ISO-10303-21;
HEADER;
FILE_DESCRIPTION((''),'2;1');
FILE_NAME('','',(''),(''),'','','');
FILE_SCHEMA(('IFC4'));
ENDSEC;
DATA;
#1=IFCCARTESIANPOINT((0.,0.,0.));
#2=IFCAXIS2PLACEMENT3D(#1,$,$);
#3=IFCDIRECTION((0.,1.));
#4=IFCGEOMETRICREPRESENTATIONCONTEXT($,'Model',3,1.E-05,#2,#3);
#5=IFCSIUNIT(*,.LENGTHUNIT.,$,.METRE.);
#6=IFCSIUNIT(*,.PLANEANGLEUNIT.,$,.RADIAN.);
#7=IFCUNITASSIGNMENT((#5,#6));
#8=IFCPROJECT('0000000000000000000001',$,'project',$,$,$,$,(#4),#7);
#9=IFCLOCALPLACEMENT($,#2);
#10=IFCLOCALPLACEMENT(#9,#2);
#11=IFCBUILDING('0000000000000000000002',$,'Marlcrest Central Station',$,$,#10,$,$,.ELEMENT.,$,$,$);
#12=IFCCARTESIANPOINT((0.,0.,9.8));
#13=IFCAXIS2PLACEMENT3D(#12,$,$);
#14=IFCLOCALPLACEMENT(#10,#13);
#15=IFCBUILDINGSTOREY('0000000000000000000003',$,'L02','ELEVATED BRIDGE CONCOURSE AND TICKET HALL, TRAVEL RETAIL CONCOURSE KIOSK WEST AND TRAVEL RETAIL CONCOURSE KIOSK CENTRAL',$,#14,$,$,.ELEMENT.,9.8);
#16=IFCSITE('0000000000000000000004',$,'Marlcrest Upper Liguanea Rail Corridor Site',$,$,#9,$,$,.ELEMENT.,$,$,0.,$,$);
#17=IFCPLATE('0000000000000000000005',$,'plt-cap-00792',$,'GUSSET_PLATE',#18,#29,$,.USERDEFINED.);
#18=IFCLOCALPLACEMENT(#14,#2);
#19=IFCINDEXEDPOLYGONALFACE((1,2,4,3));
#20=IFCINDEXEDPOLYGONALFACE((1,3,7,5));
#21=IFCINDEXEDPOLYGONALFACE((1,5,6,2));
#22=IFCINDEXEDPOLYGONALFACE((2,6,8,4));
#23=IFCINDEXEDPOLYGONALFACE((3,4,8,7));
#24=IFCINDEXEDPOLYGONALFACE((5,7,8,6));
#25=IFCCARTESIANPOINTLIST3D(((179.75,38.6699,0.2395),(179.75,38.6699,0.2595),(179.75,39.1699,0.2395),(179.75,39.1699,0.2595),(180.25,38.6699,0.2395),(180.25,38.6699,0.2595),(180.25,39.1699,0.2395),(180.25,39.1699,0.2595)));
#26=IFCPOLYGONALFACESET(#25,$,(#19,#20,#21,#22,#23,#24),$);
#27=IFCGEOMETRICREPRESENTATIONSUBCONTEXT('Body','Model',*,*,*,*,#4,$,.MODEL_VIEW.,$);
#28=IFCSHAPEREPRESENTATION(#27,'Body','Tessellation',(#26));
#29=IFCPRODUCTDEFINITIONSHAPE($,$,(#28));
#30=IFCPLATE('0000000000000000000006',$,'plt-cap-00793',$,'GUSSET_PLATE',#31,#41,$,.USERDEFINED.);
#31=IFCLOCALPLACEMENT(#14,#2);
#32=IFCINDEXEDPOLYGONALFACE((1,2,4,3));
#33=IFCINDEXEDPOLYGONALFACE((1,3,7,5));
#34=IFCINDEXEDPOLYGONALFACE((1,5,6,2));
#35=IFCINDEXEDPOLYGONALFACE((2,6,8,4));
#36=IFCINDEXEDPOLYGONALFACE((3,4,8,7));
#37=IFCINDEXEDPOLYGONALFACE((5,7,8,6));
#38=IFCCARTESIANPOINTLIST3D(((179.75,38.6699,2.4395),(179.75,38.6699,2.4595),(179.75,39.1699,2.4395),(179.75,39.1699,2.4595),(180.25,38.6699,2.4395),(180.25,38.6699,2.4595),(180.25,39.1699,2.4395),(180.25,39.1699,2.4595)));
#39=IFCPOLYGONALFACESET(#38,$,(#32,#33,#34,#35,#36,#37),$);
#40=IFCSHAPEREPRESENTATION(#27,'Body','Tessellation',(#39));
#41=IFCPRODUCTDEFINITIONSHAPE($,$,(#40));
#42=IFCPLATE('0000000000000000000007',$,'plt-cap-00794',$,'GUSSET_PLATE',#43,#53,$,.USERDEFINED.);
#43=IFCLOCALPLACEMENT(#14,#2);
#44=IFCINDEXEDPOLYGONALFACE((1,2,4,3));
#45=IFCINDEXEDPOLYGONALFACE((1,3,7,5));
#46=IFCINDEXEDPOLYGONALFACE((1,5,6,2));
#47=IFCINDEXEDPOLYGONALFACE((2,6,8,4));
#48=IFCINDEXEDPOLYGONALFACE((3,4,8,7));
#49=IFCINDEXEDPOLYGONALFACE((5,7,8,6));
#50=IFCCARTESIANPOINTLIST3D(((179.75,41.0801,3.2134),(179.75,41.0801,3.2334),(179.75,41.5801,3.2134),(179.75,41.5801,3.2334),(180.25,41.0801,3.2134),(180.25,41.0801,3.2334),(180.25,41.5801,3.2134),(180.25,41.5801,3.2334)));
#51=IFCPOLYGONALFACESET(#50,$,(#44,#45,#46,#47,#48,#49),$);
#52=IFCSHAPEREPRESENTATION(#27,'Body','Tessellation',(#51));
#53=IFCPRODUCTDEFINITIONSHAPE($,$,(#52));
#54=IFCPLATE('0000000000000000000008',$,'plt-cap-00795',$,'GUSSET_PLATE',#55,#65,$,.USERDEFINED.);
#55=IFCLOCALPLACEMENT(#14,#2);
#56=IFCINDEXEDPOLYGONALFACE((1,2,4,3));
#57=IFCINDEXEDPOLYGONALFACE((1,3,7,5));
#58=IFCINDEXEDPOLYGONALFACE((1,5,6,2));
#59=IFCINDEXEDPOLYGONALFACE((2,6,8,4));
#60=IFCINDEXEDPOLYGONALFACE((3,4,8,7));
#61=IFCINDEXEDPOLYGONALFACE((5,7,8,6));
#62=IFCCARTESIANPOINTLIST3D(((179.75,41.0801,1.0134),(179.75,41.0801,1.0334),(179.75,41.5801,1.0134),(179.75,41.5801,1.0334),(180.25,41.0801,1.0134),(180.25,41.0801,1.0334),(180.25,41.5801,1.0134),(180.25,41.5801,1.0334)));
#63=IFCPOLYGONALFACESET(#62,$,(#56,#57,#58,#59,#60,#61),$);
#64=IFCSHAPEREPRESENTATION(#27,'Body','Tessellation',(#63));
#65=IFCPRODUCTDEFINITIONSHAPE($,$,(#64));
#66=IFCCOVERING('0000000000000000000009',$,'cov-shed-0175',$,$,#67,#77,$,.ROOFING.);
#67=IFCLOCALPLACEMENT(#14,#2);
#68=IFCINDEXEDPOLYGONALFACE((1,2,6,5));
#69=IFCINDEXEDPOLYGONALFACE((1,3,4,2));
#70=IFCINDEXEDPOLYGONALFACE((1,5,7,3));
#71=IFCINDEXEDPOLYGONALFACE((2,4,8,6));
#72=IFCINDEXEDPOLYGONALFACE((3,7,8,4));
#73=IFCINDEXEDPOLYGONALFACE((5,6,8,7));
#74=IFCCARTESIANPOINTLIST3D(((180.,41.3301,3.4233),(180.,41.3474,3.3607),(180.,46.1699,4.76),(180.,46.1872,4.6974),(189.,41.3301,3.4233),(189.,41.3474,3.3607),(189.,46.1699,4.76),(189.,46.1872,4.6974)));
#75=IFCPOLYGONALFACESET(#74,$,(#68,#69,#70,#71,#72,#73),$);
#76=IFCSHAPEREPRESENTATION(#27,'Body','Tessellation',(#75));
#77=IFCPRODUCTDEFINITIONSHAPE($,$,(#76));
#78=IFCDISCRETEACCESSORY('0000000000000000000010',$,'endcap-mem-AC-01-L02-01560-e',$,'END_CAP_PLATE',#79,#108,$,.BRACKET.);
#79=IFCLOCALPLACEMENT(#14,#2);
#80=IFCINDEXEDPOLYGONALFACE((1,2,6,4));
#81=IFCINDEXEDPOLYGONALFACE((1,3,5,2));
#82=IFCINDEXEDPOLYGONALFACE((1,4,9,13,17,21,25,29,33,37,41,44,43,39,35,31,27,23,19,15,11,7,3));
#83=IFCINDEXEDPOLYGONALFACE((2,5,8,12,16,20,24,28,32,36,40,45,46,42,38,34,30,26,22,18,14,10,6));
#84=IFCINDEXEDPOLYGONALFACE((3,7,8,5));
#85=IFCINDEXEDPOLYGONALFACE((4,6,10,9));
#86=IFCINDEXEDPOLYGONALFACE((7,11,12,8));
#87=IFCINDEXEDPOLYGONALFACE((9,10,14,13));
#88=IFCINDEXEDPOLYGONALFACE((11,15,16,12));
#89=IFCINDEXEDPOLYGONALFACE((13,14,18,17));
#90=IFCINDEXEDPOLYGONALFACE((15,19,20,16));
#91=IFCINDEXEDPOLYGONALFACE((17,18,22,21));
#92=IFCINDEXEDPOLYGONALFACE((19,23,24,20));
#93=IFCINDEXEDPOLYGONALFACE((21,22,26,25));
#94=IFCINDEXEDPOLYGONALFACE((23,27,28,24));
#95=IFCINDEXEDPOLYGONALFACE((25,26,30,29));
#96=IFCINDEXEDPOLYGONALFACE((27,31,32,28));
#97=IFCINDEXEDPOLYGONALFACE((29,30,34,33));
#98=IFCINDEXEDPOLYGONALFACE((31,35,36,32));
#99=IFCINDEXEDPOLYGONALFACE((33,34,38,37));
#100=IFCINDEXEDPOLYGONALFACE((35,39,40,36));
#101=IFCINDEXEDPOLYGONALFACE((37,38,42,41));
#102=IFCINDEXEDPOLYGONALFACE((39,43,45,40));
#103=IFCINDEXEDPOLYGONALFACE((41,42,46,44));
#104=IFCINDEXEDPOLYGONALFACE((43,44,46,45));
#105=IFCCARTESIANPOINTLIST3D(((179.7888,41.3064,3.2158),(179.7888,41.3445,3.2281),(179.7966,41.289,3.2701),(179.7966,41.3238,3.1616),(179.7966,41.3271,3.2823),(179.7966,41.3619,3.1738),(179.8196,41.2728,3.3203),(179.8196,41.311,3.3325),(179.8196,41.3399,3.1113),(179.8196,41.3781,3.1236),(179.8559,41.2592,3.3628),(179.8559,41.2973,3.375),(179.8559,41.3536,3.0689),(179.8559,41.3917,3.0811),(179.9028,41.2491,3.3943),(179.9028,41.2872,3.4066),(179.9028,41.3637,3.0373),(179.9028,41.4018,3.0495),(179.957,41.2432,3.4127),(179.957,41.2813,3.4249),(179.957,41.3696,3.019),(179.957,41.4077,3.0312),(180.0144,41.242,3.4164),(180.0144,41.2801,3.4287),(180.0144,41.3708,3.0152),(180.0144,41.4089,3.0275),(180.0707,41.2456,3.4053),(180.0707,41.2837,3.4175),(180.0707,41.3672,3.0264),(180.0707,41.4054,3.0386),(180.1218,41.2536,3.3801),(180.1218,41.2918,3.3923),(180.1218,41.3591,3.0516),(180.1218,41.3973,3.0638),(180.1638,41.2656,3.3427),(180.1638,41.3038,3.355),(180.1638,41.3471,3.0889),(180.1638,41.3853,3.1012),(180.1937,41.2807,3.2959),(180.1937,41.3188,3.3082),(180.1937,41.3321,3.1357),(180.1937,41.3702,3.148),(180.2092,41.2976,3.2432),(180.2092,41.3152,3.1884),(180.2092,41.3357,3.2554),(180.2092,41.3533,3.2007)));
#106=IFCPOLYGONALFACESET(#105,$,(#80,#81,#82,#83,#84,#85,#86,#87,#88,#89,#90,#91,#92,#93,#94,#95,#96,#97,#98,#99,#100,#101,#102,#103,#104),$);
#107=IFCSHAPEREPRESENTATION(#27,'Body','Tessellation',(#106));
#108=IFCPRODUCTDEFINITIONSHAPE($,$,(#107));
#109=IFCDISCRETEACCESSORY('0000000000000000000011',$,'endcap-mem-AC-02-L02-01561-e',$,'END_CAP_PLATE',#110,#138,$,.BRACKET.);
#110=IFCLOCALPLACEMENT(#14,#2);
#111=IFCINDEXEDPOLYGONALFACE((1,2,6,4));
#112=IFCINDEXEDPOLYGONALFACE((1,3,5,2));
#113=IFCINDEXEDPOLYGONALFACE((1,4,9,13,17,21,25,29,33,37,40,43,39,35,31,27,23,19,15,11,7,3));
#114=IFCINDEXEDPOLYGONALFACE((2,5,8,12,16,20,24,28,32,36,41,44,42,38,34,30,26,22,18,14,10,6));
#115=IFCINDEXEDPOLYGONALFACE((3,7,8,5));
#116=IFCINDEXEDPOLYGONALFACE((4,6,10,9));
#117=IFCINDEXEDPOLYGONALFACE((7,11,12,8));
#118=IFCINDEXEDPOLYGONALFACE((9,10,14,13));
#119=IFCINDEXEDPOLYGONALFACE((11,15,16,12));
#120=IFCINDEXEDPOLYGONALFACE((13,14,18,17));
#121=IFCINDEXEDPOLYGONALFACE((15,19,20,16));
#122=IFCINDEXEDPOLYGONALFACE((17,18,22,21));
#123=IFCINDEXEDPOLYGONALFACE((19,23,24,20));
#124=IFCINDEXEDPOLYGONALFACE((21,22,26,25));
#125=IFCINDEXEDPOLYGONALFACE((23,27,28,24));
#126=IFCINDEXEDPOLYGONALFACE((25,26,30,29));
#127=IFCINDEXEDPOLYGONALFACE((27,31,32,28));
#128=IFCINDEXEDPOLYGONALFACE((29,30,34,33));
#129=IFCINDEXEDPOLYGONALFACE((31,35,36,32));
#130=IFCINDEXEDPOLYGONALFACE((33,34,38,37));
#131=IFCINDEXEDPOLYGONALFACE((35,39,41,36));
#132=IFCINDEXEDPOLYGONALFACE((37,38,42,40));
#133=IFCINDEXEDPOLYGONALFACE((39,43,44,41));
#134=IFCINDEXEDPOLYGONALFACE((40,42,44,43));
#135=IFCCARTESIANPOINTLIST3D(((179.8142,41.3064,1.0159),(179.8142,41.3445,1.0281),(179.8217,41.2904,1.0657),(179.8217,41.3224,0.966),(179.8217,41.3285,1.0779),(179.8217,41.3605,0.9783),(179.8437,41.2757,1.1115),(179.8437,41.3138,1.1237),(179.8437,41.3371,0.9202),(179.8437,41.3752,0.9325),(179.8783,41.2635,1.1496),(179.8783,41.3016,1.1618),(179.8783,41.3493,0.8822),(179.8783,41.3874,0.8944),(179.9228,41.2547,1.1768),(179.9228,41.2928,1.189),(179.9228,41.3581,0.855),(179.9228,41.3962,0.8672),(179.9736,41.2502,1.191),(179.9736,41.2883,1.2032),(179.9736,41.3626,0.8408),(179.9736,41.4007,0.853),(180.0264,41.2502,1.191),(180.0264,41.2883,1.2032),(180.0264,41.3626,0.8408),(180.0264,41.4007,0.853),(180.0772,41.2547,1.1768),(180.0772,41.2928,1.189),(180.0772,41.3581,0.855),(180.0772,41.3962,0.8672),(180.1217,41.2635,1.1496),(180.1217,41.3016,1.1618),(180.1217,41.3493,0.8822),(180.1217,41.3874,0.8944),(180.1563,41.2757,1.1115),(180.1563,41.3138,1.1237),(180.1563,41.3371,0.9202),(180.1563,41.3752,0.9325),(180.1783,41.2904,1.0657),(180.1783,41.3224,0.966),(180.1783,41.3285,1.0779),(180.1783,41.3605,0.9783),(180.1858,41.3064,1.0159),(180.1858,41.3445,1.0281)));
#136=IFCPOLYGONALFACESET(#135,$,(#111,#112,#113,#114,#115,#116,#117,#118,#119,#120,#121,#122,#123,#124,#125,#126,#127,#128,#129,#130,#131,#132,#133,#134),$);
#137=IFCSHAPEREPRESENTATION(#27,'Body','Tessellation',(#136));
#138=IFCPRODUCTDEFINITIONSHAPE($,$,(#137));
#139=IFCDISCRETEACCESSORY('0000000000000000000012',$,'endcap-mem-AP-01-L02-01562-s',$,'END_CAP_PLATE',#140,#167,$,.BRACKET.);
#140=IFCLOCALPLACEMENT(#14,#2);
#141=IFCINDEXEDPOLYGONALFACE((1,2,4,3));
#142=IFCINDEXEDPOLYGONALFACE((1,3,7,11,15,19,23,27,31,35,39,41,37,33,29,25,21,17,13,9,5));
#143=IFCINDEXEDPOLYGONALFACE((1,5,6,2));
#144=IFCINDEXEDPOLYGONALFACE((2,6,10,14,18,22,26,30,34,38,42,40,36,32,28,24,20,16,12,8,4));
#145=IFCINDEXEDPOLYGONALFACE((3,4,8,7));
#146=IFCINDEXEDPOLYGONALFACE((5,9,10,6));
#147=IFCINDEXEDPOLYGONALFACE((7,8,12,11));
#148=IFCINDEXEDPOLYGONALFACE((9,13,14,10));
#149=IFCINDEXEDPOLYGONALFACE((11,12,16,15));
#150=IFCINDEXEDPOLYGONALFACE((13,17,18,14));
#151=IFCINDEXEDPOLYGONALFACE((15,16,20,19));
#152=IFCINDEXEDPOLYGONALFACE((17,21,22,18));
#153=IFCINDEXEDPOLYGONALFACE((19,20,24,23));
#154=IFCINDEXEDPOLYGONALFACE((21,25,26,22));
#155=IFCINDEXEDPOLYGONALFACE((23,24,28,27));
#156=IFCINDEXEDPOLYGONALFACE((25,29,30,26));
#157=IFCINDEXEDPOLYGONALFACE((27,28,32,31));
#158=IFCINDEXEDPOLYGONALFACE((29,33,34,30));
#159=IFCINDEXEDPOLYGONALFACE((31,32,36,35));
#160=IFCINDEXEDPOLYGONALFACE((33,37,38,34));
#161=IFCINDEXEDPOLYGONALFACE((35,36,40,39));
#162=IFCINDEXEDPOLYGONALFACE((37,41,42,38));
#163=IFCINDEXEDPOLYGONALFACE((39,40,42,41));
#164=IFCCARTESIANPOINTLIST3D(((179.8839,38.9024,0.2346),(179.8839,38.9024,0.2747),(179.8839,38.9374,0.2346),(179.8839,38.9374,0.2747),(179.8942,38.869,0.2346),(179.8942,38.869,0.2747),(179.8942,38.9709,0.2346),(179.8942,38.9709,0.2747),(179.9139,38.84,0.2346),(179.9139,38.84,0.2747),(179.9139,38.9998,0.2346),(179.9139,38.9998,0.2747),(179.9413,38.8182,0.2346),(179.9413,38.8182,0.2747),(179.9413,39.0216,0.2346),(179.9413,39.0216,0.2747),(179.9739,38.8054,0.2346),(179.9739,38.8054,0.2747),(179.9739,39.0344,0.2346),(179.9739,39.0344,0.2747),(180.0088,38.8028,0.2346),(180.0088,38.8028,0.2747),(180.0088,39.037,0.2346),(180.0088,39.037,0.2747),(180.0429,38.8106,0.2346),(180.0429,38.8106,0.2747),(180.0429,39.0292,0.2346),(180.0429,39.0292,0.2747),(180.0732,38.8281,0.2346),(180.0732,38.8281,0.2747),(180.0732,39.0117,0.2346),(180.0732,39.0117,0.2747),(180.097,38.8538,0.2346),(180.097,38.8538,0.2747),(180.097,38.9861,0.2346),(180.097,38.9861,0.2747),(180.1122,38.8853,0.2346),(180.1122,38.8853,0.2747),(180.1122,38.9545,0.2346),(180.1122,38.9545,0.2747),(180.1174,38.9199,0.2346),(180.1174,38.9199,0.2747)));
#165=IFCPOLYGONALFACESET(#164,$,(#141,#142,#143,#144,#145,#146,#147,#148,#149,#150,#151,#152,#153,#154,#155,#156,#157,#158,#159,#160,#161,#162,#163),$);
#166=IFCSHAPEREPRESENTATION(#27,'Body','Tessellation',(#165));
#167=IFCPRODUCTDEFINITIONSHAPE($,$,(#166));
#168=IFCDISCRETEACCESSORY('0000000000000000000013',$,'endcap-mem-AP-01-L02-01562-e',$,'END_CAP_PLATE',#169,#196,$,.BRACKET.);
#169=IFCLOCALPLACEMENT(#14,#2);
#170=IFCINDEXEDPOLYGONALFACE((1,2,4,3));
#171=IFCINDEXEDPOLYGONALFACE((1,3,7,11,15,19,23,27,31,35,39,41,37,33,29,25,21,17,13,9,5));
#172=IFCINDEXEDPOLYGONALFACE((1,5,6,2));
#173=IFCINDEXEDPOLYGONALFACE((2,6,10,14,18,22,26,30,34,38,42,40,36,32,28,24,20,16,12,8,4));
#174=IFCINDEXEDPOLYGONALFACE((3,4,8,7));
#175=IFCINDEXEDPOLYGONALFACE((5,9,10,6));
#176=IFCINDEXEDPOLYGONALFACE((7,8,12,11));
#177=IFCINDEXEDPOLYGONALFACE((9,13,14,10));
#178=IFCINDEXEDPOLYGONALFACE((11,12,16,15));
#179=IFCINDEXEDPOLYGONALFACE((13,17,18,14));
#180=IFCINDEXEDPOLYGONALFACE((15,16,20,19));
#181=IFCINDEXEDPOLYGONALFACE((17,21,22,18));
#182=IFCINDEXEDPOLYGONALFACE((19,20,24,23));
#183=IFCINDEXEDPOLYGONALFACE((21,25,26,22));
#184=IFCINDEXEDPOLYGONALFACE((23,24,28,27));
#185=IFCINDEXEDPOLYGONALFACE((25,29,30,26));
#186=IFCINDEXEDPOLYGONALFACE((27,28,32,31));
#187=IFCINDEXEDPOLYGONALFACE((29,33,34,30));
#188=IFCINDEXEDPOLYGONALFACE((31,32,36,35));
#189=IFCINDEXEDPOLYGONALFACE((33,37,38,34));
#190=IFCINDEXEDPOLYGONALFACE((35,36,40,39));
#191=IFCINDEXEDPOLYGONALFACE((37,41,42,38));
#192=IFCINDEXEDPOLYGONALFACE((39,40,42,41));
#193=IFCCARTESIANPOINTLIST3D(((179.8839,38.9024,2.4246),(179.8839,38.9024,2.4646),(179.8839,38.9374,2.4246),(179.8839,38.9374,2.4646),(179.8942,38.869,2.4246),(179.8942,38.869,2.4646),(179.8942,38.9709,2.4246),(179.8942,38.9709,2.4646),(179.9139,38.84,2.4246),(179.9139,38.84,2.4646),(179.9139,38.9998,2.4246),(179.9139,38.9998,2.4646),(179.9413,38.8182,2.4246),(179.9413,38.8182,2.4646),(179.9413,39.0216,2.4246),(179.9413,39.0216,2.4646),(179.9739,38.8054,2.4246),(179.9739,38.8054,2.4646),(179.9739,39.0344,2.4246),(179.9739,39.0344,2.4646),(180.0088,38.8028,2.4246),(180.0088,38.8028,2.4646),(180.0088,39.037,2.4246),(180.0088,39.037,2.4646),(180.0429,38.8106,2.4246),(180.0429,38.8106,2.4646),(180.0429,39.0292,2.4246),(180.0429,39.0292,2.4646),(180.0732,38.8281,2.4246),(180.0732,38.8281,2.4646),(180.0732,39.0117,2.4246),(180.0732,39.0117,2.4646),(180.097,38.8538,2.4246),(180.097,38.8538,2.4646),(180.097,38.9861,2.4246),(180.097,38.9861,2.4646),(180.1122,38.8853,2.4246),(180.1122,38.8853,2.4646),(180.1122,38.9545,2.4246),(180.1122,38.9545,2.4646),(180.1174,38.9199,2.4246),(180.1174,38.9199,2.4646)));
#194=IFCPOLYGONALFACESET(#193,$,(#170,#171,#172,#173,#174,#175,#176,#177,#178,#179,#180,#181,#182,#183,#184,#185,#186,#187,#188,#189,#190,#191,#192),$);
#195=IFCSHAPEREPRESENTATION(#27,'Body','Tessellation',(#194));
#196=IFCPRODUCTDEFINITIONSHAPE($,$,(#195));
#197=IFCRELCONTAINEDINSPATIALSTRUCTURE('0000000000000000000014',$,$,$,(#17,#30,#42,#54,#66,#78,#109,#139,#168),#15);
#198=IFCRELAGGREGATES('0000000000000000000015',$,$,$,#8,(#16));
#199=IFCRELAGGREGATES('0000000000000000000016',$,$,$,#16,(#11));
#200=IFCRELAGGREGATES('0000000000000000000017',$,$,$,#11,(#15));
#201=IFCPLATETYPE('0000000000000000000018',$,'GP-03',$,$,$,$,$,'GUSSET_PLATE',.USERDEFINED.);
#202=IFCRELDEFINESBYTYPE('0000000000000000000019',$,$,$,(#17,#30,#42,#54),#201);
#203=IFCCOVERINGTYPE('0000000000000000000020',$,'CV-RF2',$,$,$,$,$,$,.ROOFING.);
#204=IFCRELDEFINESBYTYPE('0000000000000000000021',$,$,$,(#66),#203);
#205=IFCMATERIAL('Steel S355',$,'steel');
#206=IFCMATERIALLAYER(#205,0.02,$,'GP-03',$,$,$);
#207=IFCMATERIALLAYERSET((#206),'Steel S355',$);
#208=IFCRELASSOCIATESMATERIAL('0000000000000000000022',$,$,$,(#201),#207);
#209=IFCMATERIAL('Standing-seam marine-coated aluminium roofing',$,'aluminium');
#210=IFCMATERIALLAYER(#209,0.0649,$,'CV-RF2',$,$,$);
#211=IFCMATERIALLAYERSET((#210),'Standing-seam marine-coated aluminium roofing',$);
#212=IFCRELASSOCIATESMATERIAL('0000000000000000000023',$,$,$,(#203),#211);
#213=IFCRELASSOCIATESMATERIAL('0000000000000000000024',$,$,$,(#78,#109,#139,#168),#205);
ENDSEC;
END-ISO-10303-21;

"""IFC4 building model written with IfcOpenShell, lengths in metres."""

from ifc_helpers import new_model, si_unit, direction, frame, origin, origin_2d, place, context, subcontext, project, spatial, polyline, rectangle, circle, outline, extrude, material, layer, layer_set, type_object, element, save


model = new_model("IFC4")

# Units and contexts
model_context = context("Model", 3, precision=1e-05, world=origin(), true_north=direction((0.0, 1.0)))
body_context = subcontext(model_context, "Body", "Model", "MODEL_VIEW")
ifc_project = project(units=[si_unit("LENGTHUNIT", "METRE"), si_unit("PLANEANGLEUNIT", "RADIAN")], contexts=[model_context])

# Site, building, storey
site_placement = place(None, origin())
site = spatial("IfcSite", under=ifc_project, at=site_placement, Name="Marlcrest Upper Liguanea Rail Corridor Site", CompositionType="ELEMENT", RefElevation=0.0)
building_placement = place(site_placement, origin())
building = spatial("IfcBuilding", under=site, at=building_placement, Name="Marlcrest Central Station", CompositionType="ELEMENT")
storey_placement = place(building_placement, frame((0.0, 0.0, 9.8)))
storey = spatial("IfcBuildingStorey", under=building, at=storey_placement, Name="L02", Description="ELEVATED BRIDGE CONCOURSE AND TICKET HALL, TRAVEL RETAIL CONCOURSE KIOSK WEST AND TRAVEL RETAIL CONCOURSE KIOSK CENTRAL", CompositionType="ELEMENT", Elevation=9.8)

# Shared definitions
ifc_material_1 = material(Name="Steel S355", Category="steel")

# Plates
ifc_layer_1 = layer(ifc_material_1, 0.02, Name="GP-03")
ifc_layer_set_1 = layer_set([ifc_layer_1], Name="Steel S355")
plate_type = type_object("IfcPlateType", Name="GP-03", ElementType="GUSSET_PLATE", PredefinedType="USERDEFINED", material=ifc_layer_set_1)
for number, where, z_axis, x_axis, name in (
    (1, (180.0, 38.9199, 0.2395), (0.0, 0.0, 1.0), (1.0, 0.0, 0.0), "plt-cap-00792"),
    (2, (180.0, 38.9199, 2.4395), (0.0, 0.0, 1.0), (1.0, 0.0, 0.0), "plt-cap-00793"),
    (3, (180.0, 41.3301, 3.2134), (0.0, 0.0, 1.0), (1.0, 0.0, 0.0), "plt-cap-00794"),
    (4, (180.0, 41.3301, 1.0134), (0.0, 0.0, 1.0), (1.0, 0.0, 0.0), "plt-cap-00795"),
):
    element("IfcPlate", number, at=place(storey_placement, frame(where, z_axis=z_axis, x_axis=x_axis)), inside=storey, type_object=plate_type, Name=name, ObjectType="GUSSET_PLATE", PredefinedType="USERDEFINED", context=body_context, shape_type="SweptSolid", body=[
        extrude(rectangle(XDim=0.5, YDim=0.5, at=origin_2d()), origin(), (0.0, 0.0, 1.0), 0.02),
    ])

# Covering
ifc_material_2 = material(Name="Standing-seam marine-coated aluminium roofing", Category="aluminium")
ifc_layer_2 = layer(ifc_material_2, 0.0649, Name="CV-RF2")
ifc_layer_set_2 = layer_set([ifc_layer_2], Name="Standing-seam marine-coated aluminium roofing")
covering_type = type_object("IfcCoveringType", Name="CV-RF2", PredefinedType="ROOFING", material=ifc_layer_set_2)
covering_placement = place(storey_placement, frame((180.0, 41.3301, 3.4233), z_axis=(0.0, -0.266214, 0.963914), x_axis=(1.0, 0.0, 0.0)))
element("IfcCovering", 5, at=covering_placement, inside=storey, type_object=covering_type, Name="cov-shed-0175", PredefinedType="ROOFING", context=body_context, shape_type="SweptSolid", body=[
    extrude(outline(polyline([(0.0, 0.0), (9.0, 0.0), (9.0, 5.021), (0.0, 5.021), (0.0, 0.0)])), origin(), (0.0, 0.0, -1.0), 0.0649),
])

# Discrete accessories
discrete_accessory_1_placement = place(storey_placement, frame((180.0, 41.3064, 3.2158), z_axis=(0.0, 0.952117, 0.305734), x_axis=(-1.0, 0.0, 0.0)))
element("IfcDiscreteAccessory", 6, at=discrete_accessory_1_placement, inside=storey, material=ifc_material_1, Name="endcap-mem-AC-01-L02-01560-e", ObjectType="END_CAP_PLATE", PredefinedType="BRACKET", context=body_context, shape_type="SweptSolid", body=[
    extrude(circle(Radius=0.2112, at=origin_2d()), origin(), (0.0, 0.0, 1.0), 0.04),
])
discrete_accessory_2_placement = place(storey_placement, frame((180.0, 41.3064, 1.0159), z_axis=(0.0, 0.952117, 0.305734), x_axis=(-1.0, 0.0, 0.0)))
element("IfcDiscreteAccessory", 7, at=discrete_accessory_2_placement, inside=storey, material=ifc_material_1, Name="endcap-mem-AC-02-L02-01561-e", ObjectType="END_CAP_PLATE", PredefinedType="BRACKET", context=body_context, shape_type="SweptSolid", body=[
    extrude(circle(Radius=0.1858, at=origin_2d()), origin(), (0.0, 0.0, 1.0), 0.04),
])
for number, where, z_axis, x_axis, name in (
    (8, (180.0, 38.9199, 0.2346), (0.0, 0.0, 1.0), (1.0, 0.0, 0.0), "endcap-mem-AP-01-L02-01562-s"),
    (9, (180.0, 38.9199, 2.4246), (0.0, 0.0, 1.0), (1.0, 0.0, 0.0), "endcap-mem-AP-01-L02-01562-e"),
):
    element("IfcDiscreteAccessory", number, at=place(storey_placement, frame(where, z_axis=z_axis, x_axis=x_axis)), inside=storey, material=ifc_material_1, Name=name, ObjectType="END_CAP_PLATE", PredefinedType="BRACKET", context=body_context, shape_type="SweptSolid", body=[
        extrude(circle(Radius=0.1174, at=origin_2d()), origin(), (0.0, 0.0, 1.0), 0.04),
    ])

save(model, "model.ifc")
